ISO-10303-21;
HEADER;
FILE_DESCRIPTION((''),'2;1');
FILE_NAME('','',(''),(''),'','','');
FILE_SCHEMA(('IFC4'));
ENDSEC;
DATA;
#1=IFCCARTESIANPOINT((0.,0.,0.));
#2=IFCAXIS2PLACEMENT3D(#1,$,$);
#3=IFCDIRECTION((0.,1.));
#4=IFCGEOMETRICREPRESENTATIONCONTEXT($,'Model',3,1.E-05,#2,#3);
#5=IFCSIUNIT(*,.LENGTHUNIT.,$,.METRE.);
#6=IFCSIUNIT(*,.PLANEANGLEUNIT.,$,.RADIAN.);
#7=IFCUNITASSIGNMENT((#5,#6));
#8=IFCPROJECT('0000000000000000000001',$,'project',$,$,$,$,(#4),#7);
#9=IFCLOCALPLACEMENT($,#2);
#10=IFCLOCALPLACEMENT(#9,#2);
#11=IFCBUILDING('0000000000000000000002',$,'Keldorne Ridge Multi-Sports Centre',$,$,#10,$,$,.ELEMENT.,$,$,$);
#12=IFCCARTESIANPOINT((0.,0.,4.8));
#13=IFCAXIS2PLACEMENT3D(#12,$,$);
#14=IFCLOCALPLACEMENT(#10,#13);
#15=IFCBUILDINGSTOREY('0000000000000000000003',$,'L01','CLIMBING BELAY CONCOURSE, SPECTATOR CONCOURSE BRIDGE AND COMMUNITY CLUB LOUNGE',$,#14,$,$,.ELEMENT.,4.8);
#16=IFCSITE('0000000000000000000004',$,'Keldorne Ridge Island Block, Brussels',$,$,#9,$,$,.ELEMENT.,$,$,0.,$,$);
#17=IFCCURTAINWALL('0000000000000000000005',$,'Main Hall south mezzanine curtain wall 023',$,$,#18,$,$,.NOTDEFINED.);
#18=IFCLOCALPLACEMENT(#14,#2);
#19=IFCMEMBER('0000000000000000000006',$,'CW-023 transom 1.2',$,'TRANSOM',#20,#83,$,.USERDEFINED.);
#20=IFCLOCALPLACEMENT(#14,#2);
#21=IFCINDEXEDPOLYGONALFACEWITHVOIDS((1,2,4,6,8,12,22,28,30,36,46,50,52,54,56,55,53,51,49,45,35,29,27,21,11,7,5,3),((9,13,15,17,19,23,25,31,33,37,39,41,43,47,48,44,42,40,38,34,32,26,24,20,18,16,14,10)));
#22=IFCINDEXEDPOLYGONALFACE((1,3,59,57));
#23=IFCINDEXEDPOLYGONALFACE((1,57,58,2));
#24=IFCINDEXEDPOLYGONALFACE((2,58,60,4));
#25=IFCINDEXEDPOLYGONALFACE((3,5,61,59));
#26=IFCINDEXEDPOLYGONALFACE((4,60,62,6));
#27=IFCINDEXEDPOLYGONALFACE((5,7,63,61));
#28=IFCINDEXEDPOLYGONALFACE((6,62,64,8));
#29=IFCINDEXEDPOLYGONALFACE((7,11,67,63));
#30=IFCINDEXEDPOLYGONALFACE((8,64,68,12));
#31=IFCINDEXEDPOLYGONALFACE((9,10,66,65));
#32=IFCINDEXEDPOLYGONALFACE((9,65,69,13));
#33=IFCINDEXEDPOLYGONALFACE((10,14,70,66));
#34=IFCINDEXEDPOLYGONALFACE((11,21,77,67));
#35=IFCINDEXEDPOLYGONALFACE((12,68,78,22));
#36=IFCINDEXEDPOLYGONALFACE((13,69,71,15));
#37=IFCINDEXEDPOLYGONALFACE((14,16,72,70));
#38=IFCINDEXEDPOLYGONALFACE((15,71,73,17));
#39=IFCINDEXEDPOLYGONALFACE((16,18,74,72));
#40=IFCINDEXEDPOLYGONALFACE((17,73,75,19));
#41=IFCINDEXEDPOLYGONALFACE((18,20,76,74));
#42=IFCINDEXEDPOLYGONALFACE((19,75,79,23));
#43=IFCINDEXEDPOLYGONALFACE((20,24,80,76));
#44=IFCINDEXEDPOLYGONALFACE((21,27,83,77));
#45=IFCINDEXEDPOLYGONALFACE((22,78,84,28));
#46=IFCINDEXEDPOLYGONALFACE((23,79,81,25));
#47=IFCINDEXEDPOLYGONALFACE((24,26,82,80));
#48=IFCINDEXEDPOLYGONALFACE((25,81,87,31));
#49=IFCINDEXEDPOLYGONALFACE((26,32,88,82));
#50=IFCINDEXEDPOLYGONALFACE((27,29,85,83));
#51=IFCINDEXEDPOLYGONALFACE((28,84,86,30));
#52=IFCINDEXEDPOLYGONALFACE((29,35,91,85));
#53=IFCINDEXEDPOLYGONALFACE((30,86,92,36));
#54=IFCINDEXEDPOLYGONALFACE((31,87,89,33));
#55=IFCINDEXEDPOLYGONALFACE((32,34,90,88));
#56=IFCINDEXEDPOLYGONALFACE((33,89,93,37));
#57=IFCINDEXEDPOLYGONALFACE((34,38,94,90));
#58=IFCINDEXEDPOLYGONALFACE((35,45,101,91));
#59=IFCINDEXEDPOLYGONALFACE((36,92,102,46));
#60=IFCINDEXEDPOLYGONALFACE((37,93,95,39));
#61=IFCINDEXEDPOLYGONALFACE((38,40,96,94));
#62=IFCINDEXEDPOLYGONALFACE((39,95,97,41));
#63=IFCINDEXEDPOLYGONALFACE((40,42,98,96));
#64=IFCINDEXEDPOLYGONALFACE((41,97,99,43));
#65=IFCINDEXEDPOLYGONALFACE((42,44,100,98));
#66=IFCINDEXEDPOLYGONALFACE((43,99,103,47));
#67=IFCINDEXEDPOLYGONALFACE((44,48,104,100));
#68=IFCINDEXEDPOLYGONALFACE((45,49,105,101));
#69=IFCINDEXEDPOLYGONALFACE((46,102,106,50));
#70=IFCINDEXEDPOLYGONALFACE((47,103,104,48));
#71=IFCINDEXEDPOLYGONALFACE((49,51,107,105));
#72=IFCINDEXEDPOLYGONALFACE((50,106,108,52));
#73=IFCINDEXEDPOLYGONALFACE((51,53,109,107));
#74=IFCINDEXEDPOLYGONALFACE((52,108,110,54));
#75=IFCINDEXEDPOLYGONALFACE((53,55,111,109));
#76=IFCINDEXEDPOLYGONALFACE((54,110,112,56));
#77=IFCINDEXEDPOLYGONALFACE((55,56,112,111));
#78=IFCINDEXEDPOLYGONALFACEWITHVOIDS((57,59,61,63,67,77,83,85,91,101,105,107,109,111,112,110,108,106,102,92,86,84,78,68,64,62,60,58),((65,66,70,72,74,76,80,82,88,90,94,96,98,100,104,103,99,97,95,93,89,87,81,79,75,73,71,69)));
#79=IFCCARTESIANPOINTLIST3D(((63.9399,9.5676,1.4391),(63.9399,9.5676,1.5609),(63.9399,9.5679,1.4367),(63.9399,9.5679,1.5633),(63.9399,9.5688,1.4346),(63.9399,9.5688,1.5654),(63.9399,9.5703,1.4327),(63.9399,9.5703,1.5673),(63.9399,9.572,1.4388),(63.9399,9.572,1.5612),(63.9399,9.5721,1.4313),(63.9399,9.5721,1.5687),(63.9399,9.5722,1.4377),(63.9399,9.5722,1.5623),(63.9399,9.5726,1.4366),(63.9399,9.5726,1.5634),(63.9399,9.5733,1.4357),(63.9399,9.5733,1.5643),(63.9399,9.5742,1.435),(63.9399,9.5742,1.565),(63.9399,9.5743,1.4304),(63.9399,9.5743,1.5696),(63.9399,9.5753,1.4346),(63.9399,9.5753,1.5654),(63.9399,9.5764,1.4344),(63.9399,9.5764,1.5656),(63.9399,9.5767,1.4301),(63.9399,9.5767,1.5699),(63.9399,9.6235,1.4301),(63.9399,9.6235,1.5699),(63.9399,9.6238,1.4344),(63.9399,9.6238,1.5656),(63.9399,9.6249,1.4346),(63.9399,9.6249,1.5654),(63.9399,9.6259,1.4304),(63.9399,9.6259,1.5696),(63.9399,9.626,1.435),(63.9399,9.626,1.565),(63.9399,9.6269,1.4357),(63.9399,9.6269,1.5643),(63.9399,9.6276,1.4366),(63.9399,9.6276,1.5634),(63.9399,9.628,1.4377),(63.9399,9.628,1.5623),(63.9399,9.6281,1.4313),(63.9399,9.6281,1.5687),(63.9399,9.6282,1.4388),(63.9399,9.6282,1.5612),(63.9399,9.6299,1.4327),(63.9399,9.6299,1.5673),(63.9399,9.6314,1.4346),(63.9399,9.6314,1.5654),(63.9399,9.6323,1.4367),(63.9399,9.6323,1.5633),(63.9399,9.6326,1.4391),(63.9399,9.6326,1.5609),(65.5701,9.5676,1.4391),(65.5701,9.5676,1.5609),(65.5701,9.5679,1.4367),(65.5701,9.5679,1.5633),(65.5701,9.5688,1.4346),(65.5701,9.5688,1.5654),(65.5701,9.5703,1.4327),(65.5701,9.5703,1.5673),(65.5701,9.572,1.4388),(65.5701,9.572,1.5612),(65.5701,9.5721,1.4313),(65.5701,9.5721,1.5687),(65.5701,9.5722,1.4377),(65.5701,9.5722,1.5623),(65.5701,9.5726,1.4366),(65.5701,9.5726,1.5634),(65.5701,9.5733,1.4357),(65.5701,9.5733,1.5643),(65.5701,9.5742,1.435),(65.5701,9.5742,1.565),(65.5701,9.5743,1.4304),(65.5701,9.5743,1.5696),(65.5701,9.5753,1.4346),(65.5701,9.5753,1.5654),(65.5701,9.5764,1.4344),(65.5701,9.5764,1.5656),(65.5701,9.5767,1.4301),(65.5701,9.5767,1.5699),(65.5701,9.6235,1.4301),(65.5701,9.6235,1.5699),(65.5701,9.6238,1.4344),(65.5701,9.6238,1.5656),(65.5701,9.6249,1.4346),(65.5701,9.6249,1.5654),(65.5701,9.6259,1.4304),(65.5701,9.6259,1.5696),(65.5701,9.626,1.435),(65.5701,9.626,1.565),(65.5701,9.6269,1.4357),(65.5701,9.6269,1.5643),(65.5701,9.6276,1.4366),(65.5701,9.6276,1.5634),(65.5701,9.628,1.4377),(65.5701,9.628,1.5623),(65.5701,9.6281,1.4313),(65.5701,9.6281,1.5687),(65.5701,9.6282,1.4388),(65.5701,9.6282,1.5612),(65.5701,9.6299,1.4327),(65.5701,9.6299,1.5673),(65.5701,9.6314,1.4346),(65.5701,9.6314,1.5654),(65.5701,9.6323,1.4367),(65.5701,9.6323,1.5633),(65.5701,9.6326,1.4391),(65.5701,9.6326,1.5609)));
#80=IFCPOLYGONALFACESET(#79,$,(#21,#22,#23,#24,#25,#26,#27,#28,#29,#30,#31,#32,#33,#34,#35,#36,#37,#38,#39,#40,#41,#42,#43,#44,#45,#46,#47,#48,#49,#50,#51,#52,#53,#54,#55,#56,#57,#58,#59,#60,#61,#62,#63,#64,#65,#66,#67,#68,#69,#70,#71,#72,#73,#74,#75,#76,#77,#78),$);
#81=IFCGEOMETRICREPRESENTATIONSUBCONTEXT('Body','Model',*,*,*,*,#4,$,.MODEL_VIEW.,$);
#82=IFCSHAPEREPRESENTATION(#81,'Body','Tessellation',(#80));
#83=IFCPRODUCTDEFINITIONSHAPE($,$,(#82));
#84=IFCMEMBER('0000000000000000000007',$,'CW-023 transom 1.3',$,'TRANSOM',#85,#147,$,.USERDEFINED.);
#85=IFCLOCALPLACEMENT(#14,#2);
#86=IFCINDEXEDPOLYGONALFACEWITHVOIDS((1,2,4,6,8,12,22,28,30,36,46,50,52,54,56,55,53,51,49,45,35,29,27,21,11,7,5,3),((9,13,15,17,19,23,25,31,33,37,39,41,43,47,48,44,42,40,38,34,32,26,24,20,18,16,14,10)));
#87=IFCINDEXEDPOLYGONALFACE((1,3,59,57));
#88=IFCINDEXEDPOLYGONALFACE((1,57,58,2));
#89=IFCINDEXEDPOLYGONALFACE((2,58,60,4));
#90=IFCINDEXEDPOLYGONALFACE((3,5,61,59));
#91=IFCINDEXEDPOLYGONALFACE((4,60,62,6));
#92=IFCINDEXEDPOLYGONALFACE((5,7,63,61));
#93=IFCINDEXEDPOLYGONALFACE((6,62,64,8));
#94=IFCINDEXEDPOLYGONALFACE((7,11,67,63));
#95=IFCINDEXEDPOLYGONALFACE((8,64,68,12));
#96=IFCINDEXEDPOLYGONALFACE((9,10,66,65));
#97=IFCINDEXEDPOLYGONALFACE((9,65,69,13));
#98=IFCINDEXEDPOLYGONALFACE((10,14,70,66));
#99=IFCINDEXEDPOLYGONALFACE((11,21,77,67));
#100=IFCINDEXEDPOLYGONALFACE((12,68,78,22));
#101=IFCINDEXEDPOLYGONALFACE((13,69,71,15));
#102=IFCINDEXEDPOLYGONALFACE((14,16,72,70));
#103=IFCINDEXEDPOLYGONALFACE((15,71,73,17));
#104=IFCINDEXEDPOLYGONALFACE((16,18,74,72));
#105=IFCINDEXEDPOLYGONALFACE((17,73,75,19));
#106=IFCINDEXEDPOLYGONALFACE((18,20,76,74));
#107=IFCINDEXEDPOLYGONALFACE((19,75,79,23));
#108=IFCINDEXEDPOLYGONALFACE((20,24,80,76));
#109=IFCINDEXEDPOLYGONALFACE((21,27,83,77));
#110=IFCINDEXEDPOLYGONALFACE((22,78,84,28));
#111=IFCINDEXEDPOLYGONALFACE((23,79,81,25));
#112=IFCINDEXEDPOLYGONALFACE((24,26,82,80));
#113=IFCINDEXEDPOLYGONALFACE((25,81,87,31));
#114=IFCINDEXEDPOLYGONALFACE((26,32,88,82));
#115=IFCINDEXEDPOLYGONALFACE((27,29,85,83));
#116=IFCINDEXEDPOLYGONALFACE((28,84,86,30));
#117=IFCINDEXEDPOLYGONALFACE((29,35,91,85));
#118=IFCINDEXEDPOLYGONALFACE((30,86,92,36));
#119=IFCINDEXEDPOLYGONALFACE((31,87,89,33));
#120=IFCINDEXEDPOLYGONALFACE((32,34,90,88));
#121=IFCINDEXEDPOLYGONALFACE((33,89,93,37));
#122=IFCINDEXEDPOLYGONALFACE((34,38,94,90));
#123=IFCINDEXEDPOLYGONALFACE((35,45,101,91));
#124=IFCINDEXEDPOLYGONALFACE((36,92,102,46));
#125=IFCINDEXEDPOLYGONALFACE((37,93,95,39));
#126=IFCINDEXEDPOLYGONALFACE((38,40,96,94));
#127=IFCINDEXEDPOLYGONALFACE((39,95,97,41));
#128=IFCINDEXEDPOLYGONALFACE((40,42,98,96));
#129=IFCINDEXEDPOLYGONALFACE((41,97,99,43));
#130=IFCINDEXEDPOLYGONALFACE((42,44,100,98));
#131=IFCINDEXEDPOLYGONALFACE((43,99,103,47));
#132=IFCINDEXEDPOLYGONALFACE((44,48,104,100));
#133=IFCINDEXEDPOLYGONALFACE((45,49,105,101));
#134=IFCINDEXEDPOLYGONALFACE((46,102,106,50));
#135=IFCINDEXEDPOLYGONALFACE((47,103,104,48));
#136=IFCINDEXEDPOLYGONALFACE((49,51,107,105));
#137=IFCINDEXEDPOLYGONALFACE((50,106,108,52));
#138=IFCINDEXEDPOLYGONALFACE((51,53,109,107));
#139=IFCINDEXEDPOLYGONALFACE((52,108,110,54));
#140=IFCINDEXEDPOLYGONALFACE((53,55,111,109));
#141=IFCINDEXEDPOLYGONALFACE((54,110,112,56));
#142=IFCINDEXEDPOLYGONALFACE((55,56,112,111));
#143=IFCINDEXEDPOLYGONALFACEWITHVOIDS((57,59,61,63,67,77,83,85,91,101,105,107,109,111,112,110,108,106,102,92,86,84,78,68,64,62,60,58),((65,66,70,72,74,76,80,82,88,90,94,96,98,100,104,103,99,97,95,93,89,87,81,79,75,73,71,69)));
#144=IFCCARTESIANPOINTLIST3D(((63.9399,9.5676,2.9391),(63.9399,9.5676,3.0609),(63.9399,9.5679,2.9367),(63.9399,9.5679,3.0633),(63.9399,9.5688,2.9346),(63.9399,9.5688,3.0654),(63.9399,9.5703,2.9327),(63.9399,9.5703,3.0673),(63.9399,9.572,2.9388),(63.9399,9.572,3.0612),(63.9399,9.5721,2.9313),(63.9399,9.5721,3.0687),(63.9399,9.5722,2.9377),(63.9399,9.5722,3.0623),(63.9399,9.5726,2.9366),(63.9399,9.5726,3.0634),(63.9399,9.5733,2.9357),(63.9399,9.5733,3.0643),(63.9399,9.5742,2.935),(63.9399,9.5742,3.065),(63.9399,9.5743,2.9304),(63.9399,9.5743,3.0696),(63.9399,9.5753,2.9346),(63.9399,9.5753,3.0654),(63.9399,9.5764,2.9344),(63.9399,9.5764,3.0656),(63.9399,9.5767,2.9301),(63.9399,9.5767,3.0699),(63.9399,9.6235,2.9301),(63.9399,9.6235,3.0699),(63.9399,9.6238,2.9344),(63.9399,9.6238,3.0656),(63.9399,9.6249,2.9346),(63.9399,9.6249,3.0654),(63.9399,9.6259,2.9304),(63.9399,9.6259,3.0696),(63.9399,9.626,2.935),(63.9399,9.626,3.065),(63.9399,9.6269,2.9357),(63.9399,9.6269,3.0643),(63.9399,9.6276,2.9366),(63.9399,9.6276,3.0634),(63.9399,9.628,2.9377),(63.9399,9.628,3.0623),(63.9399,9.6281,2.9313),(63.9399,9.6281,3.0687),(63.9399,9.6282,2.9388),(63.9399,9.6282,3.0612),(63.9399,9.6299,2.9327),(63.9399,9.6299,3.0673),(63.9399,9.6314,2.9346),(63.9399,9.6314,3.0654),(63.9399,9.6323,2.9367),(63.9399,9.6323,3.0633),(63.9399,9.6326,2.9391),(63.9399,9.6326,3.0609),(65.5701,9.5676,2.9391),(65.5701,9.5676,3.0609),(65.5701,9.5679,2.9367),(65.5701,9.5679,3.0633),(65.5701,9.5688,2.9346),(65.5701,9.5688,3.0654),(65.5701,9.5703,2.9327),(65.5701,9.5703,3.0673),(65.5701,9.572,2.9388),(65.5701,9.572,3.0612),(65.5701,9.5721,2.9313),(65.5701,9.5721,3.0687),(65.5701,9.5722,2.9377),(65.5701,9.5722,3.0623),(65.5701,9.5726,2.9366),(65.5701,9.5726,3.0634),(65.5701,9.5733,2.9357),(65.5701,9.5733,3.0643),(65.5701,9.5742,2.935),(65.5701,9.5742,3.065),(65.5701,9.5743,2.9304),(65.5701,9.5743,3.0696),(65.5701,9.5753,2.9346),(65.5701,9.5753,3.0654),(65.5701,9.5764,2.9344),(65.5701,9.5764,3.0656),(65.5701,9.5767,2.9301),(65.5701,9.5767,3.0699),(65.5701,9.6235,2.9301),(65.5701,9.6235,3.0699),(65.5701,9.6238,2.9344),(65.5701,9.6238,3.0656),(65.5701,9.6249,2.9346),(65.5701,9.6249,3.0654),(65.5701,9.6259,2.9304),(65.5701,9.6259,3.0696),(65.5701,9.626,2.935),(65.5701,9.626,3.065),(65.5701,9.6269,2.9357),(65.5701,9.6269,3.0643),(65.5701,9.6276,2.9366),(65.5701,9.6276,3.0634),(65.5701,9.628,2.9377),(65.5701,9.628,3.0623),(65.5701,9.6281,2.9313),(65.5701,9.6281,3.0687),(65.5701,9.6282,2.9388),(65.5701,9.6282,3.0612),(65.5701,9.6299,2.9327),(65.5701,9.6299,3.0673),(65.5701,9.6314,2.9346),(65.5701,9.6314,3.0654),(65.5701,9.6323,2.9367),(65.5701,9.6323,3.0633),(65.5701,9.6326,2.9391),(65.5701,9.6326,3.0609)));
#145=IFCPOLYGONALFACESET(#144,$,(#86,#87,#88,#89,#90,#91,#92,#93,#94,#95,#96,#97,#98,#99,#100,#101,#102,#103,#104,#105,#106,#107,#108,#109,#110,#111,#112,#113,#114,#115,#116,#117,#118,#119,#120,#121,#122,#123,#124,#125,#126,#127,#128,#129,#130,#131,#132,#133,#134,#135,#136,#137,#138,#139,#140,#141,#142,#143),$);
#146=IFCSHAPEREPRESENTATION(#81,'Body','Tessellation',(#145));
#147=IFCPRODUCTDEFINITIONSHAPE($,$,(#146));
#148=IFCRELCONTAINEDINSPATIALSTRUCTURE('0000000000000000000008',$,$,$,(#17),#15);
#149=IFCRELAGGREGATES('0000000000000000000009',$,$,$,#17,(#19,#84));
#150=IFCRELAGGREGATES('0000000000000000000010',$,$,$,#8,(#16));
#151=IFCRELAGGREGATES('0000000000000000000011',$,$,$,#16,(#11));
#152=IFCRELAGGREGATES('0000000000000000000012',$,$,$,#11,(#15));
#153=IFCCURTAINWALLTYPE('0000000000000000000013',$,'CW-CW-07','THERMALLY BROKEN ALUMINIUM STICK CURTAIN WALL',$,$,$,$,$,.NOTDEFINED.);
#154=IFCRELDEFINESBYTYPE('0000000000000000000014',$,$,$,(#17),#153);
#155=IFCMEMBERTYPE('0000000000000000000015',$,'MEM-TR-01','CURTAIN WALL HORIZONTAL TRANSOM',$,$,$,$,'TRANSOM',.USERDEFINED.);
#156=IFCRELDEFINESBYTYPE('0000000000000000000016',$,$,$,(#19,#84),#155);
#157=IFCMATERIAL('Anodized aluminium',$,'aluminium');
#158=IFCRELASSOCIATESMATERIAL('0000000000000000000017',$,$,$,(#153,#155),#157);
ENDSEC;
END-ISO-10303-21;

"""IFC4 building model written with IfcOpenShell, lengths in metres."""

from ifc_helpers import new_model, si_unit, direction, frame, origin, origin_2d, place, context, subcontext, project, spatial, hollow_rectangle, extrude, material, material_profile, profile_set, type_object, element, aggregate, save


model = new_model("IFC4")

# Units and contexts
model_context = context("Model", 3, precision=1e-05, world=origin(), true_north=direction((0.0, 1.0)))
body_context = subcontext(model_context, "Body", "Model", "MODEL_VIEW")
ifc_project = project(units=[si_unit("LENGTHUNIT", "METRE"), si_unit("PLANEANGLEUNIT", "RADIAN")], contexts=[model_context])

# Site, building, storey
site_placement = place(None, origin())
site = spatial("IfcSite", under=ifc_project, at=site_placement, Name="Keldorne Ridge Island Block, Brussels", CompositionType="ELEMENT", RefElevation=0.0)
building_placement = place(site_placement, origin())
building = spatial("IfcBuilding", under=site, at=building_placement, Name="Keldorne Ridge Multi-Sports Centre", CompositionType="ELEMENT")
storey_placement = place(building_placement, frame((0.0, 0.0, 4.8)))
storey = spatial("IfcBuildingStorey", under=building, at=storey_placement, Name="L01", Description="CLIMBING BELAY CONCOURSE, SPECTATOR CONCOURSE BRIDGE AND COMMUNITY CLUB LOUNGE", CompositionType="ELEMENT", Elevation=4.8)

# Shared definitions
ifc_material_1 = material(Name="Anodized aluminium", Category="aluminium")

# Curtain wall, members
curtain_wall_type_1 = type_object("IfcCurtainWallType", Name="CW-CW-07", Description="THERMALLY BROKEN ALUMINIUM STICK CURTAIN WALL", PredefinedType="NOTDEFINED", material=ifc_material_1)
curtain_wall_1_placement = place(storey_placement, origin())
curtain_wall_1 = element("IfcCurtainWall", 1, at=curtain_wall_1_placement, inside=storey, type_object=curtain_wall_type_1, Name="Main Hall south mezzanine curtain wall 023", PredefinedType="NOTDEFINED")
ifc_material_profile_1 = material_profile(ifc_material_1, hollow_rectangle(XDim=0.0649, YDim=0.1399, WallThickness=0.0044, InnerFilletRadius=0.0044, OuterFilletRadius=0.009, at=origin_2d()), Name="ALU TRANSOM 140x65x4.5")
ifc_profile_set_1 = profile_set([ifc_material_profile_1], Name="Anodized aluminium")
member_type_1 = type_object("IfcMemberType", Name="MEM-TR-01", Description="CURTAIN WALL HORIZONTAL TRANSOM", ElementType="TRANSOM", PredefinedType="USERDEFINED", material=ifc_profile_set_1)
member_1_placement = place(storey_placement, frame((63.9399, 9.6001, 1.5), z_axis=(1.0, 0.0, 0.0), x_axis=(0.0, 1.0, 0.0)))
member_1 = element("IfcMember", 2, at=member_1_placement, type_object=member_type_1, Name="CW-023 transom 1.2", ObjectType="TRANSOM", PredefinedType="USERDEFINED", context=body_context, shape_type="SweptSolid", body=[
    extrude(hollow_rectangle(XDim=0.0649, YDim=0.1399, WallThickness=0.0044, InnerFilletRadius=0.0044, OuterFilletRadius=0.009, at=origin_2d()), origin(), (0.0, 0.0, 1.0), 1.6301),
])
member_2_placement = place(storey_placement, frame((63.9399, 9.6001, 3.0), z_axis=(1.0, 0.0, 0.0), x_axis=(0.0, 1.0, 0.0)))
member_2 = element("IfcMember", 3, at=member_2_placement, type_object=member_type_1, Name="CW-023 transom 1.3", ObjectType="TRANSOM", PredefinedType="USERDEFINED", context=body_context, shape_type="SweptSolid", body=[
    extrude(hollow_rectangle(XDim=0.0649, YDim=0.1399, WallThickness=0.0044, InnerFilletRadius=0.0044, OuterFilletRadius=0.009, at=origin_2d()), origin(), (0.0, 0.0, 1.0), 1.6301),
])

aggregate(curtain_wall_1, [member_1, member_2])

save(model, "model.ifc")
